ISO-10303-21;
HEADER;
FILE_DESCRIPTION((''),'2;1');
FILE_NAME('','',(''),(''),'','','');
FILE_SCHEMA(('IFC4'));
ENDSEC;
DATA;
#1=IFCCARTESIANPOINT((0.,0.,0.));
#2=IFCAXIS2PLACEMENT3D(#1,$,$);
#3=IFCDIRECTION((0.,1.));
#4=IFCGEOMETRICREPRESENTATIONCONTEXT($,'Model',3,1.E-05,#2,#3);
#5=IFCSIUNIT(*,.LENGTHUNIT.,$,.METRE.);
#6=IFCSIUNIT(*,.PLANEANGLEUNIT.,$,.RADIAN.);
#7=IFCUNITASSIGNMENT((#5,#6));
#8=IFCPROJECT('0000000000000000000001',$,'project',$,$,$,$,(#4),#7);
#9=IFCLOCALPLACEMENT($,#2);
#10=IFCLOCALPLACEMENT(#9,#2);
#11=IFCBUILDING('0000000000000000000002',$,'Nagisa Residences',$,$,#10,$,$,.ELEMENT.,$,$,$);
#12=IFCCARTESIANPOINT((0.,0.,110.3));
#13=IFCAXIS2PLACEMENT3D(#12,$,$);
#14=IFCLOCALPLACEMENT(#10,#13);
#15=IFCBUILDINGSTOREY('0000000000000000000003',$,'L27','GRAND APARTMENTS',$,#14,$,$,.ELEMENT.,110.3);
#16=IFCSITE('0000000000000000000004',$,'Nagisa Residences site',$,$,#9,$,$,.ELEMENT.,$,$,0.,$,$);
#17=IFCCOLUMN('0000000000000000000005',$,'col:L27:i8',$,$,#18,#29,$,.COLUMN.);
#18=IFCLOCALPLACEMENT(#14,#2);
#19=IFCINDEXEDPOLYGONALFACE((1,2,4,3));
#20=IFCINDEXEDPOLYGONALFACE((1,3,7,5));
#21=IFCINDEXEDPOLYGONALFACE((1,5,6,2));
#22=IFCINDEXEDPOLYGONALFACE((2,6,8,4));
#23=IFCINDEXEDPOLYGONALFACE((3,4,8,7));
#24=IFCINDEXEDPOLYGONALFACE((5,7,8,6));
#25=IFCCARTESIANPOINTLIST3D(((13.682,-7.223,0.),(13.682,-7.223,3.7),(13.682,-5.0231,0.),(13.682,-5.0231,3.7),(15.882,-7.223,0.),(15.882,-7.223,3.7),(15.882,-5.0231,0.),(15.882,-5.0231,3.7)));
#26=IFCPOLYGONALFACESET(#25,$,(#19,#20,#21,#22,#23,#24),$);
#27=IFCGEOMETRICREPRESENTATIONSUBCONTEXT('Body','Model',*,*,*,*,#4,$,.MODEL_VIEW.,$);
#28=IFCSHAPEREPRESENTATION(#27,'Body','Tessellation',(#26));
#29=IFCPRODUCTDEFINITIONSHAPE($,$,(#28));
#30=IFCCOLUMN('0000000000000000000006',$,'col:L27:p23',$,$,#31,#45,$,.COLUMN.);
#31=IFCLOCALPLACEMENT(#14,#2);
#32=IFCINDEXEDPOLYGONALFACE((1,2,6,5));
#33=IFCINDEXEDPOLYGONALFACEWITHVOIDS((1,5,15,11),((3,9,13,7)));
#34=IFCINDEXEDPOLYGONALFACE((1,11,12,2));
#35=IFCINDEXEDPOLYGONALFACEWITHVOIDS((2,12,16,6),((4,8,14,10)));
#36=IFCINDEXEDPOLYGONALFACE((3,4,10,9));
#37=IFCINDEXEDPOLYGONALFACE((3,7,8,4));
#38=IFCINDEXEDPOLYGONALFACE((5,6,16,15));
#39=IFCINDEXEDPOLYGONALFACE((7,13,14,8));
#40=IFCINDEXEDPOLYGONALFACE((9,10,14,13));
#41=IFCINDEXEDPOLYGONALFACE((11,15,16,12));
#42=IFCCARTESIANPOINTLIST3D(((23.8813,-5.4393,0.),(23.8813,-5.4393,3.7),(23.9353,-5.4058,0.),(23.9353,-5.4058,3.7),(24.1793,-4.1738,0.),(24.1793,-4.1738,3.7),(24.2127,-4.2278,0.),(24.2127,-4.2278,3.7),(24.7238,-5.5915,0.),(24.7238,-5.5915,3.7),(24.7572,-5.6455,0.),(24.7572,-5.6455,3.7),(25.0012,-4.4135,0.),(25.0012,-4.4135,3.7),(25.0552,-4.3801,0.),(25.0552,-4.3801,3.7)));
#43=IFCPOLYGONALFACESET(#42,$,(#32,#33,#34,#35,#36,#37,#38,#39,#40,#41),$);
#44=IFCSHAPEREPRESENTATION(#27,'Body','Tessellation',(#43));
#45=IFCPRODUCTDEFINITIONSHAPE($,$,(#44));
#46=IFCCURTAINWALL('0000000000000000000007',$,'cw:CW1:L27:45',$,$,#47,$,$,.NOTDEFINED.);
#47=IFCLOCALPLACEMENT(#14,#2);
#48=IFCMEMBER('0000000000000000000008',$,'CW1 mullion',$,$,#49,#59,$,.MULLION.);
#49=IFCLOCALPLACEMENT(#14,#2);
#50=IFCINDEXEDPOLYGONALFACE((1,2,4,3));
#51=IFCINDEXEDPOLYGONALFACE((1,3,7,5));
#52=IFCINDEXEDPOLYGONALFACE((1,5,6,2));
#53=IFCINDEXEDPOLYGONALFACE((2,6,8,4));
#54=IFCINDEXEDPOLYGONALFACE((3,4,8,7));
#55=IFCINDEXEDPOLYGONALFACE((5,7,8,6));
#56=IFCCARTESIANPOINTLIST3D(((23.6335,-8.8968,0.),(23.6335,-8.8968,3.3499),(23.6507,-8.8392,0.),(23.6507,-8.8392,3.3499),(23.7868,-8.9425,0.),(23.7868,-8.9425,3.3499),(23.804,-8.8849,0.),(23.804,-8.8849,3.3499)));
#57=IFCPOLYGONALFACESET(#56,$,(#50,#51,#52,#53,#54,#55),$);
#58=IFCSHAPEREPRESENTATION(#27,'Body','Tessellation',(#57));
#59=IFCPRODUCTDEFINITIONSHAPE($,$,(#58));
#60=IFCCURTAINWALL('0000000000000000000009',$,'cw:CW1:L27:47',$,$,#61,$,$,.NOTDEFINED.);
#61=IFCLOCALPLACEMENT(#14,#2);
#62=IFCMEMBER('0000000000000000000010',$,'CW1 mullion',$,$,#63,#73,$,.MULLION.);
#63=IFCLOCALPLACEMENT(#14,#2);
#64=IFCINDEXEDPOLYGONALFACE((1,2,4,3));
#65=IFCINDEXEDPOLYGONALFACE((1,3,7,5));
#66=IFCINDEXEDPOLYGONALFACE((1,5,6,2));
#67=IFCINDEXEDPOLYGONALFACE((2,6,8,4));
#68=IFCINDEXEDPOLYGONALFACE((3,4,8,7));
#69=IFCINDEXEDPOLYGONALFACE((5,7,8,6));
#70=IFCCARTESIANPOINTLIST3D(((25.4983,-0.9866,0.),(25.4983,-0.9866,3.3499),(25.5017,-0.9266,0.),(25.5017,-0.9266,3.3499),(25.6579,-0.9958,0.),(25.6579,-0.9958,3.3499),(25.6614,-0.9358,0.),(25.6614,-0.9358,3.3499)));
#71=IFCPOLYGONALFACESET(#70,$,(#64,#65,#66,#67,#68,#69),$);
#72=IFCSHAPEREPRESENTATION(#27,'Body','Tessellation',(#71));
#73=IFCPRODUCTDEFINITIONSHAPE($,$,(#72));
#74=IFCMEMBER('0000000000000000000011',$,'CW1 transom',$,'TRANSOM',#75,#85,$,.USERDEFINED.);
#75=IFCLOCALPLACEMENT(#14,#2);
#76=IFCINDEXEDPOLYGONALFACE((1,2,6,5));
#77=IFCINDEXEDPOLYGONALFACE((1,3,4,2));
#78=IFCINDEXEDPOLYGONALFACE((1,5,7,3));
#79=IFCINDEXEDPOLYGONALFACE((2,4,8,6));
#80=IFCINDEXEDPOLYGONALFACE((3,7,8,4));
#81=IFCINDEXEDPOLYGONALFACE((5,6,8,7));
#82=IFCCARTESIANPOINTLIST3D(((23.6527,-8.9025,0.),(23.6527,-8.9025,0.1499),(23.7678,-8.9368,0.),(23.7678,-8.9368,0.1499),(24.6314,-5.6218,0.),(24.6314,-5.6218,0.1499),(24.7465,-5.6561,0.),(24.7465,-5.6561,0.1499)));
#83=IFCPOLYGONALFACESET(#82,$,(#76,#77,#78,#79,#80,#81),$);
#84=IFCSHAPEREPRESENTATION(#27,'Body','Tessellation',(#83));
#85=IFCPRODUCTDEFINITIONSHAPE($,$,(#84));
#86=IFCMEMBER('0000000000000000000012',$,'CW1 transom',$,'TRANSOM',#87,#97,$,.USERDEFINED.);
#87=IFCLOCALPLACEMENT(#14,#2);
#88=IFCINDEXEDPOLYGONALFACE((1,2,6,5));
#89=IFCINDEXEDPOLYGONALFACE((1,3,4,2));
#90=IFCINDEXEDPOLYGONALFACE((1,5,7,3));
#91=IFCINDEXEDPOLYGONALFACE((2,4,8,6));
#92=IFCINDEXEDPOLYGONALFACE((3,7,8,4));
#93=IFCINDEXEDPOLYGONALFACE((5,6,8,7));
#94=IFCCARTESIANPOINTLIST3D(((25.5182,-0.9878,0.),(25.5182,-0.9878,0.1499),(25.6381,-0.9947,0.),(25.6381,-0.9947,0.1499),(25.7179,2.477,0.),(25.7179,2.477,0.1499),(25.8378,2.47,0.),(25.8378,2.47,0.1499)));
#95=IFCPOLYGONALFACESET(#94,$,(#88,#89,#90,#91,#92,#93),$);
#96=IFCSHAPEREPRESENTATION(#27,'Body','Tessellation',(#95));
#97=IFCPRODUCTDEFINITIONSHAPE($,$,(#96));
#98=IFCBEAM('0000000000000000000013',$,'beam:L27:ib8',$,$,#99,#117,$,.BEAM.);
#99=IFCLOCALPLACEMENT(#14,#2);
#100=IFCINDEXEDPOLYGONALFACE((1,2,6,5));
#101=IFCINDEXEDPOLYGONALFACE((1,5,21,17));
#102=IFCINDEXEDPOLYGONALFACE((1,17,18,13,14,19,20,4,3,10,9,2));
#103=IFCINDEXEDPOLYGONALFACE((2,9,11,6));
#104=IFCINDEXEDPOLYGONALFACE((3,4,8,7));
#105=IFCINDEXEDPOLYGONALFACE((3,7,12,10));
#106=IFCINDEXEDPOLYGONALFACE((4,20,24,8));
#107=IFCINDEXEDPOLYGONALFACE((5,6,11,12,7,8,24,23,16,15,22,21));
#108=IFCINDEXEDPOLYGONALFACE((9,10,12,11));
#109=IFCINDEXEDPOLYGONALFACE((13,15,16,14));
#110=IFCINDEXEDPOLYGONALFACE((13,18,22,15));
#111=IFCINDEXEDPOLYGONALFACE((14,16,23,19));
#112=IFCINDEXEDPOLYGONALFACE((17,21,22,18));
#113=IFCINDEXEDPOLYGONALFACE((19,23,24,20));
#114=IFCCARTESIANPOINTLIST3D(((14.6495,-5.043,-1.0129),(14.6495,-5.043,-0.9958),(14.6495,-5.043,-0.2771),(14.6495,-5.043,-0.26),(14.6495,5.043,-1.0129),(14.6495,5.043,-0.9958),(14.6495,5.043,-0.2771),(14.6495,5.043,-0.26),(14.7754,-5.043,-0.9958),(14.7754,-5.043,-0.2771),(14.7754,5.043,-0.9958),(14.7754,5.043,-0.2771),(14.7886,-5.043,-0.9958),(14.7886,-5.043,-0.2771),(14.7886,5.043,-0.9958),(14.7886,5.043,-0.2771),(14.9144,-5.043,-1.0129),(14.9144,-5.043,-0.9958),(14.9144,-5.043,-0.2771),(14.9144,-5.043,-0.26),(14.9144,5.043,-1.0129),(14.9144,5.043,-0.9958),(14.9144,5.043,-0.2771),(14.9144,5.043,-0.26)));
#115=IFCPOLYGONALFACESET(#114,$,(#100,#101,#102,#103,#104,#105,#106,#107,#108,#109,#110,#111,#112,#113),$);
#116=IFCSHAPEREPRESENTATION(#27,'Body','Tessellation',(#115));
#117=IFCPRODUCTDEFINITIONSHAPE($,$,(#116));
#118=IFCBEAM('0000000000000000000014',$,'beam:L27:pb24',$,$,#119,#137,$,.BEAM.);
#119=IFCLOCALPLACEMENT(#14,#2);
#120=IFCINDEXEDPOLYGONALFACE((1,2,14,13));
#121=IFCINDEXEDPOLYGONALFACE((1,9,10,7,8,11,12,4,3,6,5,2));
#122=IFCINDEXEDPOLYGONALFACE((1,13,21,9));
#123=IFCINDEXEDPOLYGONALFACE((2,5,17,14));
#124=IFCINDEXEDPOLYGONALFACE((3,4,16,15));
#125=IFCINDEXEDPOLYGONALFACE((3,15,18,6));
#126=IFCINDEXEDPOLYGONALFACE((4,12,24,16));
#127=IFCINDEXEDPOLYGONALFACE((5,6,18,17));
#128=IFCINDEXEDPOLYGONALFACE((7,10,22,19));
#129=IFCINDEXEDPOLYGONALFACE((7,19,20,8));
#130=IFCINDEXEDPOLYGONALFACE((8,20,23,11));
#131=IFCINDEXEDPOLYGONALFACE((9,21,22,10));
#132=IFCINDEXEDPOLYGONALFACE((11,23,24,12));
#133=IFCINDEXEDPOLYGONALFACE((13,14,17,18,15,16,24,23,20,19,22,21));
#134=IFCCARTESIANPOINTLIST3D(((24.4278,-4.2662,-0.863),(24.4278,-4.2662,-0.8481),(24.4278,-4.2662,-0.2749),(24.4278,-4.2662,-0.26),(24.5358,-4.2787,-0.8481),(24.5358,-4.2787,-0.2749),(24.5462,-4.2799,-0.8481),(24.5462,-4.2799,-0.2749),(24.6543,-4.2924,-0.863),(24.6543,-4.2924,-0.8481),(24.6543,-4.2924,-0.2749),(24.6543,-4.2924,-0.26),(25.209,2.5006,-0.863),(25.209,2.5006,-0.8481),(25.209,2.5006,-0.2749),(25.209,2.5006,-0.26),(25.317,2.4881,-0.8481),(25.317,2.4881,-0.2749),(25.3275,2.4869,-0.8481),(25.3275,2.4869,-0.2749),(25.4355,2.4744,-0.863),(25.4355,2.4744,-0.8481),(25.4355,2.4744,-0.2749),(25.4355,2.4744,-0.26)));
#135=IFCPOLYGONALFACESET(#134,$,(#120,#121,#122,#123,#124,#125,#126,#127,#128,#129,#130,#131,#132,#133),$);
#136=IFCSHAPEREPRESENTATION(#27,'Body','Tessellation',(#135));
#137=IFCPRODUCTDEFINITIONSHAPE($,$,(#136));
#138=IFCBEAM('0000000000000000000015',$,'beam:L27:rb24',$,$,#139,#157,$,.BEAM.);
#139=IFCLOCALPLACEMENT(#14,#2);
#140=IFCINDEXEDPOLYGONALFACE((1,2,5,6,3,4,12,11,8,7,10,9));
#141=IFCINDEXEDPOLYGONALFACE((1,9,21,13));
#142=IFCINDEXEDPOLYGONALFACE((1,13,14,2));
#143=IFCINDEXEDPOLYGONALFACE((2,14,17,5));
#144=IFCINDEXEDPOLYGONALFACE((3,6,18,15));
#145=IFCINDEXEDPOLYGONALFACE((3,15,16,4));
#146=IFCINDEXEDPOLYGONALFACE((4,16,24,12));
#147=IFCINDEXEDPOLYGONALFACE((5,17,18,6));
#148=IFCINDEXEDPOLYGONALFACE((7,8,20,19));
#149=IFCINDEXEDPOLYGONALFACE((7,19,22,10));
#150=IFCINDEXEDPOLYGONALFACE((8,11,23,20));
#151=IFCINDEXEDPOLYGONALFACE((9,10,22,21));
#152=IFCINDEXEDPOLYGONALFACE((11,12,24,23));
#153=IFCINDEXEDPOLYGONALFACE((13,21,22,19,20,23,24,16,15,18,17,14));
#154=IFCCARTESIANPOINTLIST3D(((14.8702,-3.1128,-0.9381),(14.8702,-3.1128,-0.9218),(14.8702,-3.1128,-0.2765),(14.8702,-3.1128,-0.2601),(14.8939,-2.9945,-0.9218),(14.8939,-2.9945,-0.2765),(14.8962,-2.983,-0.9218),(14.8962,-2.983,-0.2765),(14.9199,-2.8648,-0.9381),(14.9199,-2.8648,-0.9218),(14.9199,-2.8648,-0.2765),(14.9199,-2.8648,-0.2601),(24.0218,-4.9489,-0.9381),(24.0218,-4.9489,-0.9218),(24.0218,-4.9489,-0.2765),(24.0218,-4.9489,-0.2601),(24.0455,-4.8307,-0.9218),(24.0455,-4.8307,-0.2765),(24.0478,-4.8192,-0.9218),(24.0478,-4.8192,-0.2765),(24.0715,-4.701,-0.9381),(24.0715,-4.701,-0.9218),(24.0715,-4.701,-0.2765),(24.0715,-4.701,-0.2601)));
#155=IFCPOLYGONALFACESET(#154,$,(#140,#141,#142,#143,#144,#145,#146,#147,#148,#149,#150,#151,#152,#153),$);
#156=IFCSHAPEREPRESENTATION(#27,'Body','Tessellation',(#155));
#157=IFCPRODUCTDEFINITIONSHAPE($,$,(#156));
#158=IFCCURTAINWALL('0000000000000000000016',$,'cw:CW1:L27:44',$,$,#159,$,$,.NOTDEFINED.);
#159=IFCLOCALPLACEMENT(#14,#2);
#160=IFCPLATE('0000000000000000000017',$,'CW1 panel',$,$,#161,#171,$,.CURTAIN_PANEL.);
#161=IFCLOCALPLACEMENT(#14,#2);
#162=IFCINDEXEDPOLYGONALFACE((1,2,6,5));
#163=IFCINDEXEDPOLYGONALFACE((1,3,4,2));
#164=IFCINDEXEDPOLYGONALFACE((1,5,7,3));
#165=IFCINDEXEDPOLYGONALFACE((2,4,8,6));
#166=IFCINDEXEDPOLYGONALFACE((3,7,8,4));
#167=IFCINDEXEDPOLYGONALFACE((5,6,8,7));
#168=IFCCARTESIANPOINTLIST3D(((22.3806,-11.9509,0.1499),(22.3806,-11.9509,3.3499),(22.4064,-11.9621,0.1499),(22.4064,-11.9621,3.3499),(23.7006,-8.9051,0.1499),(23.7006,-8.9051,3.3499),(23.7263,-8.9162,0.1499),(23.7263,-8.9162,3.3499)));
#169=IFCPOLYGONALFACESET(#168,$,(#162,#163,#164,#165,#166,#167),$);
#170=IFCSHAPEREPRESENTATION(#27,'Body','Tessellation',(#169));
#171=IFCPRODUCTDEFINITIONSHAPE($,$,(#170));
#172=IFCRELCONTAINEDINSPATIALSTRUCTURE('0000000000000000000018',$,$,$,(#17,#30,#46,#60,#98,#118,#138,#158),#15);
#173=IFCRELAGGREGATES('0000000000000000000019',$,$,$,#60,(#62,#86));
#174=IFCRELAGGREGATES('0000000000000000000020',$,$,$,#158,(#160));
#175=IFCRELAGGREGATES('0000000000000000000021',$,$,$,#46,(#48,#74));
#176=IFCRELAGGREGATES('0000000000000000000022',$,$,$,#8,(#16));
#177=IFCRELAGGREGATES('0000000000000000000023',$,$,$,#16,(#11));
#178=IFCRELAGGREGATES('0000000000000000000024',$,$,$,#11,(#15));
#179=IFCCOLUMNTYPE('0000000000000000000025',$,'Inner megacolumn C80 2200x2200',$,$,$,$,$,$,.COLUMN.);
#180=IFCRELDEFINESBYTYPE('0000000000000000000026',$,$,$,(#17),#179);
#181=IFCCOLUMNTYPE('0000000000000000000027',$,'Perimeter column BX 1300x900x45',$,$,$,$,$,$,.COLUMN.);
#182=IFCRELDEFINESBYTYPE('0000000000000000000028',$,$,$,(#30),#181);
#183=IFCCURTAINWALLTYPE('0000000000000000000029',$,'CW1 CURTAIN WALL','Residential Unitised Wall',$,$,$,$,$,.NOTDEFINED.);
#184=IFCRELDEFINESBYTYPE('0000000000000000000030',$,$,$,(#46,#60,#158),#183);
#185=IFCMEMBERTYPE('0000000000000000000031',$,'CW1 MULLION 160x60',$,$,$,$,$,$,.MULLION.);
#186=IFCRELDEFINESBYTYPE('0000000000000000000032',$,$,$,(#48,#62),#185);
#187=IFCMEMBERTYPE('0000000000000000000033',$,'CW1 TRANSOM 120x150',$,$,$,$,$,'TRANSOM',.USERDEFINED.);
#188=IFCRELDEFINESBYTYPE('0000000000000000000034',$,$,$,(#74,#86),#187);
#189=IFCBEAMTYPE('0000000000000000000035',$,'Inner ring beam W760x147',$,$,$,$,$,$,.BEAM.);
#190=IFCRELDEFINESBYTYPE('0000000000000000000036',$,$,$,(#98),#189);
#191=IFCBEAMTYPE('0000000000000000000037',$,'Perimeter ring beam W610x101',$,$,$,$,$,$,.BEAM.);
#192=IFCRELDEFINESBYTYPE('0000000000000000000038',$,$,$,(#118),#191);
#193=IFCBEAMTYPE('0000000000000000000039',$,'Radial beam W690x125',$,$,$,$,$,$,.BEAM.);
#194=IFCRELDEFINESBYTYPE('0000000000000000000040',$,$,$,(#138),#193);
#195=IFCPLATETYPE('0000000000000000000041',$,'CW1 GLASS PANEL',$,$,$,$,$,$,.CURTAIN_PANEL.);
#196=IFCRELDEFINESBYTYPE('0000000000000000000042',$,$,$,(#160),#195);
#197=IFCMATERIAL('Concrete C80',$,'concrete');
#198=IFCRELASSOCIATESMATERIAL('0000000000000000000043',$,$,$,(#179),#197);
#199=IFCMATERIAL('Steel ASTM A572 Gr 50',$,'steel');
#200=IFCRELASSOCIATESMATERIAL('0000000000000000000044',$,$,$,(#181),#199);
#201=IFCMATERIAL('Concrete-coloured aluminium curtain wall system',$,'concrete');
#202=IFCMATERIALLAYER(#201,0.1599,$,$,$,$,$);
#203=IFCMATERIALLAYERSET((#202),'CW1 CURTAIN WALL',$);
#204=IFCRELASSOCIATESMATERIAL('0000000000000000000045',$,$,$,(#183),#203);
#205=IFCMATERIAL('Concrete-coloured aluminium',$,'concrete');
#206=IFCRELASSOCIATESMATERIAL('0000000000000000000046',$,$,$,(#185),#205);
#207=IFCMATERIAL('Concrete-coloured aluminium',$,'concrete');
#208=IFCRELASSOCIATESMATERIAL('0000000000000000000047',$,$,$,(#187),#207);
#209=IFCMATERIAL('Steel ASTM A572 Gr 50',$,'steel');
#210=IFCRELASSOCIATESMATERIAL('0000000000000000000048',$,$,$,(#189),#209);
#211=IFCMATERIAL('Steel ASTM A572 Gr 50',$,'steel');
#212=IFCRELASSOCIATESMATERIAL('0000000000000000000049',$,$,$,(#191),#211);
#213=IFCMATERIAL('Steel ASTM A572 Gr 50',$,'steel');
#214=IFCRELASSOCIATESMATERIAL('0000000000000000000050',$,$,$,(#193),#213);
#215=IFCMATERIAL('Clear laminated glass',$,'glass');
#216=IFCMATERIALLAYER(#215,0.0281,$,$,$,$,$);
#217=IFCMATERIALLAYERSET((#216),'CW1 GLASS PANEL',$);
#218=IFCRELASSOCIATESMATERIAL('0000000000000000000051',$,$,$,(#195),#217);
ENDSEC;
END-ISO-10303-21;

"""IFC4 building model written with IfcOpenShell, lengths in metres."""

from ifc_helpers import new_model, si_unit, direction, frame, origin, origin_2d, place, context, subcontext, project, spatial, rectangle, hollow_rectangle, i_section, extrude, material, layer, layer_set, material_profile, profile_set, type_object, element, aggregate, save


model = new_model("IFC4")

# Units and contexts
model_context = context("Model", 3, precision=1e-05, world=origin(), true_north=direction((0.0, 1.0)))
body_context = subcontext(model_context, "Body", "Model", "MODEL_VIEW")
ifc_project = project(units=[si_unit("LENGTHUNIT", "METRE"), si_unit("PLANEANGLEUNIT", "RADIAN")], contexts=[model_context])

# Site, building, storey
site_placement = place(None, origin())
site = spatial("IfcSite", under=ifc_project, at=site_placement, Name="Nagisa Residences site", CompositionType="ELEMENT", RefElevation=0.0)
building_placement = place(site_placement, origin())
building = spatial("IfcBuilding", under=site, at=building_placement, Name="Nagisa Residences", CompositionType="ELEMENT")
storey_placement = place(building_placement, frame((0.0, 0.0, 110.3)))
storey = spatial("IfcBuildingStorey", under=building, at=storey_placement, Name="L27", Description="GRAND APARTMENTS", CompositionType="ELEMENT", Elevation=110.3)

# Columns
ifc_material_1 = material(Name="Concrete C80", Category="concrete")
ifc_material_profile_1 = material_profile(ifc_material_1, rectangle(XDim=2.2, YDim=2.2, at=origin_2d()), Name="C80 2200x2200")
ifc_profile_set_1 = profile_set([ifc_material_profile_1], Name="Concrete C80")
column_type_1 = type_object("IfcColumnType", Name="Inner megacolumn C80 2200x2200", PredefinedType="COLUMN", material=ifc_profile_set_1)
column_1_placement = place(storey_placement, frame((14.782, -6.123, 0.0), z_axis=(0.0, 0.0, 1.0), x_axis=(1.0, 0.0, 0.0)))
element("IfcColumn", 1, at=column_1_placement, inside=storey, type_object=column_type_1, Name="col:L27:i8", PredefinedType="COLUMN", context=body_context, shape_type="SweptSolid", body=[
    extrude(rectangle(XDim=2.2, YDim=2.2, at=origin_2d()), origin(), (0.0, 0.0, 1.0), 3.7),
])
ifc_material_2 = material(Name="Steel ASTM A572 Gr 50", Category="steel")
ifc_material_profile_2 = material_profile(ifc_material_2, hollow_rectangle(XDim=1.3, YDim=0.8999, WallThickness=0.0449, at=origin_2d()), Name="BX 1300x900x45")
ifc_profile_set_2 = profile_set([ifc_material_profile_2], Name="Steel ASTM A572 Gr 50")
column_type_2 = type_object("IfcColumnType", Name="Perimeter column BX 1300x900x45", PredefinedType="COLUMN", material=ifc_profile_set_2)
column_2_placement = place(storey_placement, frame((24.4683, -4.9097, 0.0), z_axis=(0.0, 0.0, 1.0), x_axis=(0.229202, 0.973379, 0.0)))
element("IfcColumn", 2, at=column_2_placement, inside=storey, type_object=column_type_2, Name="col:L27:p23", PredefinedType="COLUMN", context=body_context, shape_type="SweptSolid", body=[
    extrude(hollow_rectangle(XDim=1.3, YDim=0.8999, WallThickness=0.0449, at=origin_2d()), origin(), (0.0, 0.0, 1.0), 3.7),
])

# Curtain walls, members
ifc_material_3 = material(Name="Concrete-coloured aluminium curtain wall system", Category="concrete")
ifc_layer_1 = layer(ifc_material_3, 0.1599)
ifc_layer_set_1 = layer_set([ifc_layer_1], Name="CW1 CURTAIN WALL")
curtain_wall_type = type_object("IfcCurtainWallType", Name="CW1 CURTAIN WALL", Description="Residential Unitised Wall", PredefinedType="NOTDEFINED", material=ifc_layer_set_1)
curtain_wall_1_placement = place(storey_placement, origin())
curtain_wall_1 = element("IfcCurtainWall", 3, at=curtain_wall_1_placement, inside=storey, type_object=curtain_wall_type, Name="cw:CW1:L27:45", PredefinedType="NOTDEFINED")
ifc_material_4 = material(Name="Concrete-coloured aluminium", Category="concrete")
ifc_material_profile_3 = material_profile(ifc_material_4, rectangle(XDim=0.1599, YDim=0.0601, at=origin_2d()), Name="CW1 MULLION 160x60")
ifc_profile_set_3 = profile_set([ifc_material_profile_3], Name="Concrete-coloured aluminium")
member_type_1 = type_object("IfcMemberType", Name="CW1 MULLION 160x60", PredefinedType="MULLION", material=ifc_profile_set_3)
member_1_placement = place(storey_placement, frame((23.7188, -8.8909, 0.0), z_axis=(0.0, 0.0, 1.0), x_axis=(-0.958271, 0.28586, 0.0)))
member_1 = element("IfcMember", 4, at=member_1_placement, type_object=member_type_1, Name="CW1 mullion", PredefinedType="MULLION", context=body_context, shape_type="SweptSolid", body=[
    extrude(rectangle(XDim=0.1599, YDim=0.0601, at=origin_2d()), origin(), (0.0, 0.0, 1.0), 3.3499),
])
curtain_wall_2_placement = place(storey_placement, origin())
curtain_wall_2 = element("IfcCurtainWall", 5, at=curtain_wall_2_placement, inside=storey, type_object=curtain_wall_type, Name="cw:CW1:L27:47", PredefinedType="NOTDEFINED")
member_2_placement = place(storey_placement, frame((25.5798, -0.9612, 0.0), z_axis=(0.0, 0.0, 1.0), x_axis=(-0.998345, 0.057503, 0.0)))
member_2 = element("IfcMember", 6, at=member_2_placement, type_object=member_type_1, Name="CW1 mullion", PredefinedType="MULLION", context=body_context, shape_type="SweptSolid", body=[
    extrude(rectangle(XDim=0.1599, YDim=0.0601, at=origin_2d()), origin(), (0.0, 0.0, 1.0), 3.3499),
])

# Members
ifc_material_5 = material(Name="Concrete-coloured aluminium", Category="concrete")
ifc_material_profile_4 = material_profile(ifc_material_5, rectangle(XDim=0.1201, YDim=0.1499, at=origin_2d()), Name="CW1 TRANSOM 120x150")
ifc_profile_set_4 = profile_set([ifc_material_profile_4], Name="Concrete-coloured aluminium")
member_type_2 = type_object("IfcMemberType", Name="CW1 TRANSOM 120x150", ElementType="TRANSOM", PredefinedType="USERDEFINED", material=ifc_profile_set_4)
member_3_placement = place(storey_placement, frame((23.7102, -8.9197, 0.075), z_axis=(0.285882, 0.958265, 0.0), x_axis=(-0.958265, 0.285882, 0.0)))
member_3 = element("IfcMember", 7, at=member_3_placement, type_object=member_type_2, Name="CW1 transom", ObjectType="TRANSOM", PredefinedType="USERDEFINED", context=body_context, shape_type="SweptSolid", body=[
    extrude(rectangle(XDim=0.1201, YDim=0.1499, at=origin_2d()), origin(), (0.0, 0.0, 1.0), 3.4236),
])
member_4_placement = place(storey_placement, frame((25.5781, -0.9912, 0.075), z_axis=(0.057547, 0.998343, 0.0), x_axis=(-0.998343, 0.057547, 0.0)))
member_4 = element("IfcMember", 8, at=member_4_placement, type_object=member_type_2, Name="CW1 transom", ObjectType="TRANSOM", PredefinedType="USERDEFINED", context=body_context, shape_type="SweptSolid", body=[
    extrude(rectangle(XDim=0.1201, YDim=0.1499, at=origin_2d()), origin(), (0.0, 0.0, 1.0), 3.4705),
])
aggregate(curtain_wall_2, [member_2, member_4])

# Beams
ifc_material_6 = material(Name="Steel ASTM A572 Gr 50", Category="steel")
ifc_material_profile_5 = material_profile(ifc_material_6, i_section(OverallWidth=0.2649, OverallDepth=0.7529, WebThickness=0.0132, FlangeThickness=0.0171, at=origin_2d()), Name="W760x147")
ifc_profile_set_5 = profile_set([ifc_material_profile_5], Name="Steel ASTM A572 Gr 50")
beam_type_1 = type_object("IfcBeamType", Name="Inner ring beam W760x147", PredefinedType="BEAM", material=ifc_profile_set_5)
beam_1_placement = place(storey_placement, frame((14.782, -5.043, -0.6365), z_axis=(0.0, 1.0, 0.0), x_axis=(-1.0, 0.0, 0.0)))
element("IfcBeam", 9, at=beam_1_placement, inside=storey, type_object=beam_type_1, Name="beam:L27:ib8", PredefinedType="BEAM", context=body_context, shape_type="SweptSolid", body=[
    extrude(i_section(OverallWidth=0.2649, OverallDepth=0.7529, WebThickness=0.0132, FlangeThickness=0.0171, at=origin_2d()), origin(), (0.0, 0.0, 1.0), 10.0859),
])
ifc_material_7 = material(Name="Steel ASTM A572 Gr 50", Category="steel")
ifc_material_profile_6 = material_profile(ifc_material_7, i_section(OverallWidth=0.228, OverallDepth=0.603, WebThickness=0.0105, FlangeThickness=0.0149, at=origin_2d()), Name="W610x101")
ifc_profile_set_6 = profile_set([ifc_material_profile_6], Name="Steel ASTM A572 Gr 50")
beam_type_2 = type_object("IfcBeamType", Name="Perimeter ring beam W610x101", PredefinedType="BEAM", material=ifc_profile_set_6)
beam_2_placement = place(storey_placement, frame((24.541, -4.2793, -0.5615), z_axis=(0.114691, 0.993401, 0.0), x_axis=(-0.993401, 0.114691, 0.0)))
element("IfcBeam", 10, at=beam_2_placement, inside=storey, type_object=beam_type_2, Name="beam:L27:pb24", PredefinedType="BEAM", context=body_context, shape_type="SweptSolid", body=[
    extrude(i_section(OverallWidth=0.228, OverallDepth=0.603, WebThickness=0.0105, FlangeThickness=0.0149, at=origin_2d()), origin(), (0.0, 0.0, 1.0), 6.8118),
])
ifc_material_8 = material(Name="Steel ASTM A572 Gr 50", Category="steel")
ifc_material_profile_7 = material_profile(ifc_material_8, i_section(OverallWidth=0.2529, OverallDepth=0.678, WebThickness=0.0117, FlangeThickness=0.0164, at=origin_2d()), Name="W690x125")
ifc_profile_set_7 = profile_set([ifc_material_profile_7], Name="Steel ASTM A572 Gr 50")
beam_type_3 = type_object("IfcBeamType", Name="Radial beam W690x125", PredefinedType="BEAM", material=ifc_profile_set_7)
beam_3_placement = place(storey_placement, frame((24.0466, -4.825, -0.5991), z_axis=(-0.98046, 0.19672, 0.0), x_axis=(-0.19672, -0.98046, 0.0)))
element("IfcBeam", 11, at=beam_3_placement, inside=storey, type_object=beam_type_3, Name="beam:L27:rb24", PredefinedType="BEAM", context=body_context, shape_type="SweptSolid", body=[
    extrude(i_section(OverallWidth=0.2529, OverallDepth=0.678, WebThickness=0.0117, FlangeThickness=0.0164, at=origin_2d()), origin(), (0.0, 0.0, 1.0), 9.334),
])

# Curtain wall, plate
curtain_wall_3_placement = place(storey_placement, origin())
curtain_wall_3 = element("IfcCurtainWall", 12, at=curtain_wall_3_placement, inside=storey, type_object=curtain_wall_type, Name="cw:CW1:L27:44", PredefinedType="NOTDEFINED")
ifc_material_9 = material(Name="Clear laminated glass", Category="glass")
ifc_layer_2 = layer(ifc_material_9, 0.0281)
ifc_layer_set_2 = layer_set([ifc_layer_2], Name="CW1 GLASS PANEL")
plate_type = type_object("IfcPlateType", Name="CW1 GLASS PANEL", PredefinedType="CURTAIN_PANEL", material=ifc_layer_set_2)
plate_1_placement = place(storey_placement, frame((23.0535, -10.4336, 0.1499), z_axis=(0.0, 0.0, 1.0), x_axis=(0.397636, 0.917543, 0.0)))
plate_1 = element("IfcPlate", 13, at=plate_1_placement, type_object=plate_type, Name="CW1 panel", PredefinedType="CURTAIN_PANEL", context=body_context, shape_type="SweptSolid", body=[
    extrude(rectangle(XDim=3.3196, YDim=0.0281, at=origin_2d()), origin(), (0.0, 0.0, 1.0), 3.2),
])
aggregate(curtain_wall_3, [plate_1])

aggregate(curtain_wall_1, [member_1, member_3])

save(model, "model.ifc")
